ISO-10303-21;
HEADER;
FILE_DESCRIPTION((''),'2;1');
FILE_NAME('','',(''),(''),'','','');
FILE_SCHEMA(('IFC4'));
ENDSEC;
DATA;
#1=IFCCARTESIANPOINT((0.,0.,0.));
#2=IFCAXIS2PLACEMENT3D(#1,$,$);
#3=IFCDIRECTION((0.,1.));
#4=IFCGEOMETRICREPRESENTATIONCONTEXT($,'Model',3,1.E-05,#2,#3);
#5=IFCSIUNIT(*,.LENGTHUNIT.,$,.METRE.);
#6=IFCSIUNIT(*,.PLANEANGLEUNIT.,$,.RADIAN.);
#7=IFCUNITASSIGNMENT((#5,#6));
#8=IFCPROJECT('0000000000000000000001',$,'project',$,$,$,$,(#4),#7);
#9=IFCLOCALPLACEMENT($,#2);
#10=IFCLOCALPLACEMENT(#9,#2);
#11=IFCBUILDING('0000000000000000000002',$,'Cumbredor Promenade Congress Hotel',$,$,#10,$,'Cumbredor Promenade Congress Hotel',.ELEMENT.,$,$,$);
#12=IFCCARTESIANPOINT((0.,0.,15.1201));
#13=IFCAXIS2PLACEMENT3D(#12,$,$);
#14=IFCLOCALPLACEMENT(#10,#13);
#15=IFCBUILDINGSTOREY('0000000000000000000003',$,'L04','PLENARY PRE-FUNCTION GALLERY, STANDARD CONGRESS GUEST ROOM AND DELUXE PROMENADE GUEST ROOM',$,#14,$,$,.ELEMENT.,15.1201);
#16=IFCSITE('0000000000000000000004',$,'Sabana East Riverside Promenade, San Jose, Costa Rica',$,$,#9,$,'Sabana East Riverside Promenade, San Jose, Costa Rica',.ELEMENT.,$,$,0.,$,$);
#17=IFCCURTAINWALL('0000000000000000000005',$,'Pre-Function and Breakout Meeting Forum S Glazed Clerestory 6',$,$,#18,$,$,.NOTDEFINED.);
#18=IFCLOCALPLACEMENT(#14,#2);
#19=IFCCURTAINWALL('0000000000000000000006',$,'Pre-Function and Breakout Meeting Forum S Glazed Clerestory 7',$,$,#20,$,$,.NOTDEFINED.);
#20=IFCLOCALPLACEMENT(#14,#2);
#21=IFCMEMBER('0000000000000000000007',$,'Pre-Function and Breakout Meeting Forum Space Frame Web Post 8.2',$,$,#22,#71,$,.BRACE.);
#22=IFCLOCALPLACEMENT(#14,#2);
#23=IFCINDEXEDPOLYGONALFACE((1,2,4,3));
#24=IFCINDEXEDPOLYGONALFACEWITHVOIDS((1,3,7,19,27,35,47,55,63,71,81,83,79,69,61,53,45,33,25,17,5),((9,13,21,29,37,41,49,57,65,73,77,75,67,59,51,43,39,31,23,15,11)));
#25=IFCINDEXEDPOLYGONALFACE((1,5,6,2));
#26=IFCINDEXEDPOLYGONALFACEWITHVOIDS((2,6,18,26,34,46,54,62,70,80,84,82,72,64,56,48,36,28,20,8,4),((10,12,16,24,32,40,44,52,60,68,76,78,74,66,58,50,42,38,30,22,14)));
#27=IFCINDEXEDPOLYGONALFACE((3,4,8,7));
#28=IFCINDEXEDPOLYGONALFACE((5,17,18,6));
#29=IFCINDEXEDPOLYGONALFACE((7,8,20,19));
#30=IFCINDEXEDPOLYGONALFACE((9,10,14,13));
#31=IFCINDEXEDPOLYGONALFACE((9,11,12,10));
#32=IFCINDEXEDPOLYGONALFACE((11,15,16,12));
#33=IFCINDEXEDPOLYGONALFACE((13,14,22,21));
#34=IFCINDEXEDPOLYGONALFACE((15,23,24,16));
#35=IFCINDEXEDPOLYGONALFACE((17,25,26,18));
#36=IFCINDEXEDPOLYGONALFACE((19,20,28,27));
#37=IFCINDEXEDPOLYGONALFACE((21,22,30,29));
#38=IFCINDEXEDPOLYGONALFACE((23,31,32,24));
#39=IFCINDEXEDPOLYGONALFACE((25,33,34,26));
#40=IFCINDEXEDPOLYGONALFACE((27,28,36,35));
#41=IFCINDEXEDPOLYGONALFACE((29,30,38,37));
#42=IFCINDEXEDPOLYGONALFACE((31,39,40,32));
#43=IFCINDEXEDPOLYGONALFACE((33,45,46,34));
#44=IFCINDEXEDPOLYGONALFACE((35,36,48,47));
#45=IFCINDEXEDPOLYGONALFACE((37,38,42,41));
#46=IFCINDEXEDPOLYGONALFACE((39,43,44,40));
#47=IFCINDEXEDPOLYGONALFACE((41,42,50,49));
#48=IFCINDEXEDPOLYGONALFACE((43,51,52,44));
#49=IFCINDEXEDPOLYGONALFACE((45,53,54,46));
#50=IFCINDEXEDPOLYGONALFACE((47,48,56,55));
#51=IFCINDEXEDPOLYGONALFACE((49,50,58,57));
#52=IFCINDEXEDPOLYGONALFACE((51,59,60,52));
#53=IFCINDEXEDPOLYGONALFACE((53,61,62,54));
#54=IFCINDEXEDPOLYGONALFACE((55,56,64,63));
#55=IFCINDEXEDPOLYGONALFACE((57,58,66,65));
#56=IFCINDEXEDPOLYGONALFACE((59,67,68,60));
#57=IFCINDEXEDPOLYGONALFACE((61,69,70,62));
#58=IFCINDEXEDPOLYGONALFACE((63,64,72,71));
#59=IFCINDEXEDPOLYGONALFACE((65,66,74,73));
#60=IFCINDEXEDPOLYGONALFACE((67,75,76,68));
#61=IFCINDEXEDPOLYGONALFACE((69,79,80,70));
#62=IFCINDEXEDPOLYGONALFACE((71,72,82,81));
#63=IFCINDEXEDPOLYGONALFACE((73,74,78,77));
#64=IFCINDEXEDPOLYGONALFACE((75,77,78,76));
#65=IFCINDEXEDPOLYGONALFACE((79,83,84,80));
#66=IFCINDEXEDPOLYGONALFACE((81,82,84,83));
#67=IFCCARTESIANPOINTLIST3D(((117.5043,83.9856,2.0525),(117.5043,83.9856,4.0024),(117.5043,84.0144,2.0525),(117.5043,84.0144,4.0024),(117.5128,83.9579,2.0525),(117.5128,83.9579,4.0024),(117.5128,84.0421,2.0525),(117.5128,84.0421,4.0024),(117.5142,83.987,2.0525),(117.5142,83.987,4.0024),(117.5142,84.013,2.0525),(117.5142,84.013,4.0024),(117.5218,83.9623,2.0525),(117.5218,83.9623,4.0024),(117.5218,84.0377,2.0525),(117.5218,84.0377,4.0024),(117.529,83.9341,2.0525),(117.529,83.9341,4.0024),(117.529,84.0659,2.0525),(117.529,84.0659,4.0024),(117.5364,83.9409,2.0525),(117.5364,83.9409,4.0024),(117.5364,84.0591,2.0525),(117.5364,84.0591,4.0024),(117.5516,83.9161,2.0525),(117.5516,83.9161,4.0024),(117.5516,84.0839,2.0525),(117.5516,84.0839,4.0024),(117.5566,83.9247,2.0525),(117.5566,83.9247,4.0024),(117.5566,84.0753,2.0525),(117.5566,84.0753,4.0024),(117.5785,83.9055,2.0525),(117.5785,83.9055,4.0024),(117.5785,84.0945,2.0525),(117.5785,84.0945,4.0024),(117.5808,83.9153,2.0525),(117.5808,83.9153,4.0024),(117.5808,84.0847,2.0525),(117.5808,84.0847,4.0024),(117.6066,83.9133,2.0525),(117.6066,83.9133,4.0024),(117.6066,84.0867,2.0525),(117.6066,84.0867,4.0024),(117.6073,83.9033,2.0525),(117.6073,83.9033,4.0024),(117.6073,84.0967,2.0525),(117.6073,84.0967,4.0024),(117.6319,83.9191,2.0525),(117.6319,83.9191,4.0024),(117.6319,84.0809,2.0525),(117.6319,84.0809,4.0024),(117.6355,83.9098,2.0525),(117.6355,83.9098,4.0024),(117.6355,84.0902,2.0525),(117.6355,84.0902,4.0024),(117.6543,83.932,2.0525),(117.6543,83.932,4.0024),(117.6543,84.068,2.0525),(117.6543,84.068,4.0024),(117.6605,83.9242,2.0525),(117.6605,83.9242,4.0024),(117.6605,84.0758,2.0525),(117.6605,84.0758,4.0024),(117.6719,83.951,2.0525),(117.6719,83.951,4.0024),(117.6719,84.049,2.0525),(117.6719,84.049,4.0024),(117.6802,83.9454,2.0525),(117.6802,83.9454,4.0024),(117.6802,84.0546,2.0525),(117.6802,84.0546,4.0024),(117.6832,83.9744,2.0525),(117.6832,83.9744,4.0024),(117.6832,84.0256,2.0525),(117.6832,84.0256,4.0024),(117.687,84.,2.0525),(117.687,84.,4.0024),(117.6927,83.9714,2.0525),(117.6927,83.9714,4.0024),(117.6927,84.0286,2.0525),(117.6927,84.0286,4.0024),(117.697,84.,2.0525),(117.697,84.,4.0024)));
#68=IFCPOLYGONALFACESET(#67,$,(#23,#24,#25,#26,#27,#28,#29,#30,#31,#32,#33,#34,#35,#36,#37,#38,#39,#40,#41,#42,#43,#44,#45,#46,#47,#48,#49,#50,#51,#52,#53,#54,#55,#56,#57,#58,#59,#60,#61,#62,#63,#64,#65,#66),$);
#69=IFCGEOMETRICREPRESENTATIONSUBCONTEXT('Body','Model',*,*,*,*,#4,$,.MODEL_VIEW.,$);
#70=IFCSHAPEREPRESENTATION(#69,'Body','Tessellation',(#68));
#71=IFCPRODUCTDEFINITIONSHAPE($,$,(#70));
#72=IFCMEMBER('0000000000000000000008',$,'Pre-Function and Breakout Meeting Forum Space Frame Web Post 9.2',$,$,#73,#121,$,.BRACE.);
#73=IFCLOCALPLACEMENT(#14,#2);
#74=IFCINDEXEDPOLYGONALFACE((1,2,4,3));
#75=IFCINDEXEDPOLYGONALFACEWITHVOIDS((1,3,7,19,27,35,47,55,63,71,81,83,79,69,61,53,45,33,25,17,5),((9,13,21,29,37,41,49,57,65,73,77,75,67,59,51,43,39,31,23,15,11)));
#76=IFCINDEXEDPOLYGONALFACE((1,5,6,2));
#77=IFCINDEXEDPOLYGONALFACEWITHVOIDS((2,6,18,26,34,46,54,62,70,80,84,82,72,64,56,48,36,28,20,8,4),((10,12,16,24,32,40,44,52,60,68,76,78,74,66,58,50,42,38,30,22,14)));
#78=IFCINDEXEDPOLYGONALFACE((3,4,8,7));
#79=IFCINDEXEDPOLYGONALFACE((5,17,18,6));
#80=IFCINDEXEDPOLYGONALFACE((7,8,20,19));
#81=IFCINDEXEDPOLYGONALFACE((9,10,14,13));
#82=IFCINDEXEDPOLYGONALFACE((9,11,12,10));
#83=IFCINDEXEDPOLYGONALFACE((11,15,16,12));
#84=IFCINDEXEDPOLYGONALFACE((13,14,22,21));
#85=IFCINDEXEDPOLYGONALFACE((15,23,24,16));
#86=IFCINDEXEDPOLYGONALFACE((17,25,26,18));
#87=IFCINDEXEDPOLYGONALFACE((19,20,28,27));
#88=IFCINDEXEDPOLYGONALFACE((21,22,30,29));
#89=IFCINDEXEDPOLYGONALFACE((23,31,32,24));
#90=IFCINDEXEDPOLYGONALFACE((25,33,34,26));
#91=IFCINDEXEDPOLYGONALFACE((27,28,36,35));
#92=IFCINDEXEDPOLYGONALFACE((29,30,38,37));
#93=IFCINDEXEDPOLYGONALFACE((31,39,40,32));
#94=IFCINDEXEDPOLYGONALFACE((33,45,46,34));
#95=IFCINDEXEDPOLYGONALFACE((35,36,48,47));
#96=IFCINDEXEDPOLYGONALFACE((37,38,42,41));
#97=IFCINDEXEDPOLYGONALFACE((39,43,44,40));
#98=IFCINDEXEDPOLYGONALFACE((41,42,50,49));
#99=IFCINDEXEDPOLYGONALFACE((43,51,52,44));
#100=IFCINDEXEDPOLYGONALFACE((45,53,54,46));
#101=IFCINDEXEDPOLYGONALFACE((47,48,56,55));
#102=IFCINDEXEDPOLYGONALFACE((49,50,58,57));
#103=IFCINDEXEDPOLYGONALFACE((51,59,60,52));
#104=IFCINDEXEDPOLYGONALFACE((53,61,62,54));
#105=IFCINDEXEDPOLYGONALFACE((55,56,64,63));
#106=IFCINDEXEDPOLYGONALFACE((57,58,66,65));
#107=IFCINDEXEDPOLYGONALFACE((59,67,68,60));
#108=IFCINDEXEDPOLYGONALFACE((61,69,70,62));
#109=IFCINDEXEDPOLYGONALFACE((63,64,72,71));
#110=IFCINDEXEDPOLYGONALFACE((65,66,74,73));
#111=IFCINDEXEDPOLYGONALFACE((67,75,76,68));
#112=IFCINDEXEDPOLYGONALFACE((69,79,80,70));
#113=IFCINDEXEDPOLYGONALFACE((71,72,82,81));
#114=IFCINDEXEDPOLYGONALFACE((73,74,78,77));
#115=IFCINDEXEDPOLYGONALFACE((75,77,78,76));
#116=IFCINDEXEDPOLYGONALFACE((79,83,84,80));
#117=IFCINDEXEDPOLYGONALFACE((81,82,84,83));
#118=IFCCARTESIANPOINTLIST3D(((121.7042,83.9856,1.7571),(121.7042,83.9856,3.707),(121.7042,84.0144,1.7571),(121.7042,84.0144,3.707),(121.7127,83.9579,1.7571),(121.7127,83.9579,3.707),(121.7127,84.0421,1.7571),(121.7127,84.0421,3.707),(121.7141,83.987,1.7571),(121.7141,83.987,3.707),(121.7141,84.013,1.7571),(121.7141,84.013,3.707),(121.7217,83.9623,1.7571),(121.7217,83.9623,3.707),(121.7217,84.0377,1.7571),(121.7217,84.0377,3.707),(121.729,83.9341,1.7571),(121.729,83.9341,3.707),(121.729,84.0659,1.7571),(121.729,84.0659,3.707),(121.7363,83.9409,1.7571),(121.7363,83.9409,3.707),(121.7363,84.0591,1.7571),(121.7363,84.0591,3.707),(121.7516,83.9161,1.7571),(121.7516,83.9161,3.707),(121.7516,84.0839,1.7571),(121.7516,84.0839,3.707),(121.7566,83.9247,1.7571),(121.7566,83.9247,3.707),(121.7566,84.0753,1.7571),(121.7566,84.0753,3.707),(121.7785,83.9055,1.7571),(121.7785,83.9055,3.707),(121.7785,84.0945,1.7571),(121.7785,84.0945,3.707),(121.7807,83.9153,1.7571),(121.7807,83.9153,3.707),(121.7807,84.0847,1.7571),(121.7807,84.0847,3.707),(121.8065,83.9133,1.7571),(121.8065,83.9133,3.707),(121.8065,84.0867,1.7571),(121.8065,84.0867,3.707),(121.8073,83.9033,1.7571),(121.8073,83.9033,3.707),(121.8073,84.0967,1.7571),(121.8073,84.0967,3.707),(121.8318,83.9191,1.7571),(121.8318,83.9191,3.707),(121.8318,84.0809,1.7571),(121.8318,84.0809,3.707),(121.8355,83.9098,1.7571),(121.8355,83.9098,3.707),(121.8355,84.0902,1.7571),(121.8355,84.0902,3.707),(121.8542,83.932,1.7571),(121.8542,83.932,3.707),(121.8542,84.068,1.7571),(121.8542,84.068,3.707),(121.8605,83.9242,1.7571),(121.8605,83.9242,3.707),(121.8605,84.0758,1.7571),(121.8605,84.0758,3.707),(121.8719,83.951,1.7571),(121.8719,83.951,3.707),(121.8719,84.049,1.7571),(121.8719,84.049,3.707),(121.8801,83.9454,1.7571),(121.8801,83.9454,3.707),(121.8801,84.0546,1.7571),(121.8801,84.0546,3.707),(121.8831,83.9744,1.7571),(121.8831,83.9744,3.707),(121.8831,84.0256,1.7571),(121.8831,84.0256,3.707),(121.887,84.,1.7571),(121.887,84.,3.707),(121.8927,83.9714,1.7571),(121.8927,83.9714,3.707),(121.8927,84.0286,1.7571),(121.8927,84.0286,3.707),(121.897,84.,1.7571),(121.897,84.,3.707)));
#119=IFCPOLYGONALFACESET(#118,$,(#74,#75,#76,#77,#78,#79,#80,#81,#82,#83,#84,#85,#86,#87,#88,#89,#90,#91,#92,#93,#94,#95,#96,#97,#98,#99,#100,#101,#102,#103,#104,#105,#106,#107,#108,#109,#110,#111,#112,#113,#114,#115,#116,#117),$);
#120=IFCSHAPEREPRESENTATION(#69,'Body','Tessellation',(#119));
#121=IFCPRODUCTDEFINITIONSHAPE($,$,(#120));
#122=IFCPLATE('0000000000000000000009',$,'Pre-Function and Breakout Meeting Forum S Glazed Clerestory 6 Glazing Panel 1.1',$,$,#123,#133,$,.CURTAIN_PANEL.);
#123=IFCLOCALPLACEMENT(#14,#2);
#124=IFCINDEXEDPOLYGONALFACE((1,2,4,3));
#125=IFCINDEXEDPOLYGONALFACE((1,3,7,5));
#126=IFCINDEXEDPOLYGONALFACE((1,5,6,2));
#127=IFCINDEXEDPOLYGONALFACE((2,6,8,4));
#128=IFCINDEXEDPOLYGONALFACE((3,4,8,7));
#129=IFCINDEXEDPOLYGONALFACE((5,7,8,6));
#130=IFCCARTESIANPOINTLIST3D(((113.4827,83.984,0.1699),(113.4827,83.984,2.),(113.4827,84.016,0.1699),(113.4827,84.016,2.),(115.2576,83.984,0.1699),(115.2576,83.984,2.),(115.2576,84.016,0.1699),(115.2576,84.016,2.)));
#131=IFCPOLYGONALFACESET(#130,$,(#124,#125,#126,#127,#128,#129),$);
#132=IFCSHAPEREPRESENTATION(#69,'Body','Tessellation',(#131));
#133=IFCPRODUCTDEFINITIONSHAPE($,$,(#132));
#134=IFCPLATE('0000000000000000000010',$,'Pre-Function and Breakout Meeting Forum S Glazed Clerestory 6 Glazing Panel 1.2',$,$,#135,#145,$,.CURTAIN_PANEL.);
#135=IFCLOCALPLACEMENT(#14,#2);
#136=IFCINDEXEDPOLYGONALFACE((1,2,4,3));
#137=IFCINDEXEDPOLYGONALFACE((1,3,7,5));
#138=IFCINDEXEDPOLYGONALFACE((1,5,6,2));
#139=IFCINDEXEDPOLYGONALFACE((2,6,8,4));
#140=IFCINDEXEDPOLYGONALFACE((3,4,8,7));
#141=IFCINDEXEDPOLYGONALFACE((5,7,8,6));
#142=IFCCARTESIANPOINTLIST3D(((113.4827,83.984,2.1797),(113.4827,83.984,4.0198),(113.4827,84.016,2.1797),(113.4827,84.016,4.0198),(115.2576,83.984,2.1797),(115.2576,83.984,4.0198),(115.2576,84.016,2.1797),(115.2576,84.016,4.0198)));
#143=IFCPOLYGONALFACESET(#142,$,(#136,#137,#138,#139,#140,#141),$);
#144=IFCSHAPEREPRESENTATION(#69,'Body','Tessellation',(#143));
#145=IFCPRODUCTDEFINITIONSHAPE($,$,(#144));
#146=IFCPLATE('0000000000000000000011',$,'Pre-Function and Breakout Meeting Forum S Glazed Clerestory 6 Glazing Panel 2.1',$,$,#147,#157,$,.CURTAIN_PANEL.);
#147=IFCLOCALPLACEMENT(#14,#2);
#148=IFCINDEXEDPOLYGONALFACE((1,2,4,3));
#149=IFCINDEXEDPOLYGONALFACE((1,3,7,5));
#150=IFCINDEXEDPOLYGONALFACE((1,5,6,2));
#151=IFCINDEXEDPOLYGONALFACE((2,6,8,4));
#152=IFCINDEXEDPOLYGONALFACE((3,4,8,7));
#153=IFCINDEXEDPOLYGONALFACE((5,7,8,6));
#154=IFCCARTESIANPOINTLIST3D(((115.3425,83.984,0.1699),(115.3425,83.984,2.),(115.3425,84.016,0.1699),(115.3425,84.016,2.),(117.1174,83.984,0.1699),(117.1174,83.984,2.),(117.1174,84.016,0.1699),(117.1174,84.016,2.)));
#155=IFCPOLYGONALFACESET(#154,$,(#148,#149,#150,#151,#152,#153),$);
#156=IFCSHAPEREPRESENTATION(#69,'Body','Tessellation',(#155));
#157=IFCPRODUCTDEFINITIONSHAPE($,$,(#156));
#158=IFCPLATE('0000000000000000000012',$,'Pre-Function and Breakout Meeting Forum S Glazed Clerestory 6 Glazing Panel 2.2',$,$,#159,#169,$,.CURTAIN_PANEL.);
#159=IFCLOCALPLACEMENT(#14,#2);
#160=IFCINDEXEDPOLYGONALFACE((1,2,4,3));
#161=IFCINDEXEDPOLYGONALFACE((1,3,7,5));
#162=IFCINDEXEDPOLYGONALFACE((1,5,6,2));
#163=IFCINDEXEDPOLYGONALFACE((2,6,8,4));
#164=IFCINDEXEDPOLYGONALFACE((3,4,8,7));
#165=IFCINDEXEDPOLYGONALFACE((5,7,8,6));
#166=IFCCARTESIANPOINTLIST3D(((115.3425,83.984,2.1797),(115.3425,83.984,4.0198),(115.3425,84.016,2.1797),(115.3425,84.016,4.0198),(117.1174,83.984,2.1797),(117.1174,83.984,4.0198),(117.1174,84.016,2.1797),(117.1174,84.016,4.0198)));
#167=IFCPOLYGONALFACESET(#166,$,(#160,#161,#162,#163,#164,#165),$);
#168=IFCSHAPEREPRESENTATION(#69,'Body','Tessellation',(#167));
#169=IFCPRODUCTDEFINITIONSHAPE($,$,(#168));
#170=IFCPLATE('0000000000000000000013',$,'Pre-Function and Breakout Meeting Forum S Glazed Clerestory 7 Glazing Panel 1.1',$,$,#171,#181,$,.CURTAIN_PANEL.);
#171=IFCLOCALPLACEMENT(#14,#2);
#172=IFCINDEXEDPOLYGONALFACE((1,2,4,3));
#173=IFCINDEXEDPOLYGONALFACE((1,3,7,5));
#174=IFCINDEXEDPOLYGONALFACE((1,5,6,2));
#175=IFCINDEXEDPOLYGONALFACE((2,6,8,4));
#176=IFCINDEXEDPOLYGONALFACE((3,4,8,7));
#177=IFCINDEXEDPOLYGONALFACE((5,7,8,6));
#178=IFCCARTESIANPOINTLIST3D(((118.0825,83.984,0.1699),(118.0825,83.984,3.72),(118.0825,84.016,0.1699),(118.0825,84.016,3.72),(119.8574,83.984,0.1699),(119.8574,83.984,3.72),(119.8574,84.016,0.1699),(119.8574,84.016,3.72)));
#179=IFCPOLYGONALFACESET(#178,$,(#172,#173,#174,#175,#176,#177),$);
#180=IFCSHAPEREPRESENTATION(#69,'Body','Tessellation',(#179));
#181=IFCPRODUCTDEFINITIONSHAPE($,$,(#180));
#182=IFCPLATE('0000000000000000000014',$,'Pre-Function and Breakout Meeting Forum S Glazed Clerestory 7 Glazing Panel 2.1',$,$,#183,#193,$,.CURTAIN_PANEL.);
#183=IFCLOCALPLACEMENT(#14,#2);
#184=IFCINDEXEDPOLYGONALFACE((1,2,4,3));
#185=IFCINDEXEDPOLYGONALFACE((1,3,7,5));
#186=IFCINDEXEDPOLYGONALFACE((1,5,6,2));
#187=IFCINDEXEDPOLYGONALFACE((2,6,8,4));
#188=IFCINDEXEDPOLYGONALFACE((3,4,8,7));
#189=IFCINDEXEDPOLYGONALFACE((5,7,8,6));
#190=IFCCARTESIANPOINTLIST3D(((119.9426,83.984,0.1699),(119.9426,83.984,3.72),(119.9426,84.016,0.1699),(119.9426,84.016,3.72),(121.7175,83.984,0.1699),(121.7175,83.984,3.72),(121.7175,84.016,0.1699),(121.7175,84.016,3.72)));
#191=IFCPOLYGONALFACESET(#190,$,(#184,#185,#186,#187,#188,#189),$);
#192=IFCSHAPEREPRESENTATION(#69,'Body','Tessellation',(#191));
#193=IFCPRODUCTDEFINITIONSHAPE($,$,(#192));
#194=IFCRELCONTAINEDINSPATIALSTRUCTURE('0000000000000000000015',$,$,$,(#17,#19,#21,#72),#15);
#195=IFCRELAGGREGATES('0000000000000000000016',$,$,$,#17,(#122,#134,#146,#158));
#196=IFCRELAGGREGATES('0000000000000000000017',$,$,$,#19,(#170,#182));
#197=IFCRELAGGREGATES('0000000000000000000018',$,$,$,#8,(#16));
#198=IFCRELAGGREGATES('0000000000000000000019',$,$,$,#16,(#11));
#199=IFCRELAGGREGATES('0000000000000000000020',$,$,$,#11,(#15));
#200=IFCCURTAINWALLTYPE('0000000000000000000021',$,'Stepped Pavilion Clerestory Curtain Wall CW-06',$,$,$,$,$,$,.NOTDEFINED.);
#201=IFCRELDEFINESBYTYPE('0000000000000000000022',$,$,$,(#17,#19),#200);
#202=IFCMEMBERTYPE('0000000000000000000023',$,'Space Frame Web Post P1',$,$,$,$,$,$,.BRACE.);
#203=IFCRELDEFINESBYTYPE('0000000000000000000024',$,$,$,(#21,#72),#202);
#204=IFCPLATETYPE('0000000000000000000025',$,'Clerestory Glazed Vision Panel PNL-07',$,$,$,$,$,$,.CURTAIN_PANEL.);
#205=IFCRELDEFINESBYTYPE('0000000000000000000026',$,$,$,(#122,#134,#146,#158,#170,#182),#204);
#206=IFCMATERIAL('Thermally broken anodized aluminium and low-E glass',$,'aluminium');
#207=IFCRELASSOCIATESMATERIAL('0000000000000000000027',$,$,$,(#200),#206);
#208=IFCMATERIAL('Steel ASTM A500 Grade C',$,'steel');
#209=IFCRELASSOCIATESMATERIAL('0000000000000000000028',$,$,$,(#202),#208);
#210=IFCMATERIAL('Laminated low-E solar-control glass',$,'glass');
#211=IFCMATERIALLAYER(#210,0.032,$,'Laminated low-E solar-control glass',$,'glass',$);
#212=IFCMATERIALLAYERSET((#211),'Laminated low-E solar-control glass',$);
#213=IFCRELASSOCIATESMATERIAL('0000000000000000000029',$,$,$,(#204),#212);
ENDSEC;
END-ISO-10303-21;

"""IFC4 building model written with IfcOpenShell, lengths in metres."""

from ifc_helpers import new_model, si_unit, direction, frame, origin, origin_2d, place, context, subcontext, project, spatial, rectangle, hollow_circle, extrude, material, layer, layer_set, material_profile, profile_set, type_object, element, aggregate, save


model = new_model("IFC4")

# Units and contexts
model_context = context("Model", 3, precision=1e-05, world=origin(), true_north=direction((0.0, 1.0)))
body_context = subcontext(model_context, "Body", "Model", "MODEL_VIEW")
ifc_project = project(units=[si_unit("LENGTHUNIT", "METRE"), si_unit("PLANEANGLEUNIT", "RADIAN")], contexts=[model_context])

# Site, building, storey
site_placement = place(None, origin())
site = spatial("IfcSite", under=ifc_project, at=site_placement, Name="Sabana East Riverside Promenade, San Jose, Costa Rica", LongName="Sabana East Riverside Promenade, San Jose, Costa Rica", CompositionType="ELEMENT", RefElevation=0.0)
building_placement = place(site_placement, origin())
building = spatial("IfcBuilding", under=site, at=building_placement, Name="Cumbredor Promenade Congress Hotel", LongName="Cumbredor Promenade Congress Hotel", CompositionType="ELEMENT")
storey_placement = place(building_placement, frame((0.0, 0.0, 15.1201)))
storey = spatial("IfcBuildingStorey", under=building, at=storey_placement, Name="L04", Description="PLENARY PRE-FUNCTION GALLERY, STANDARD CONGRESS GUEST ROOM AND DELUXE PROMENADE GUEST ROOM", CompositionType="ELEMENT", Elevation=15.1201)

# Curtain walls
ifc_material_1 = material(Name="Thermally broken anodized aluminium and low-E glass", Category="aluminium")
curtain_wall_type = type_object("IfcCurtainWallType", Name="Stepped Pavilion Clerestory Curtain Wall CW-06", PredefinedType="NOTDEFINED", material=ifc_material_1)
curtain_wall_1_placement = place(storey_placement, origin())
curtain_wall_1 = element("IfcCurtainWall", 1, at=curtain_wall_1_placement, inside=storey, type_object=curtain_wall_type, Name="Pre-Function and Breakout Meeting Forum S Glazed Clerestory 6", PredefinedType="NOTDEFINED")
curtain_wall_2_placement = place(storey_placement, origin())
curtain_wall_2 = element("IfcCurtainWall", 2, at=curtain_wall_2_placement, inside=storey, type_object=curtain_wall_type, Name="Pre-Function and Breakout Meeting Forum S Glazed Clerestory 7", PredefinedType="NOTDEFINED")

# Members
ifc_material_2 = material(Name="Steel ASTM A500 Grade C", Category="steel")
ifc_material_profile_1 = material_profile(ifc_material_2, hollow_circle(Radius=0.0969, WallThickness=0.01, at=origin_2d()), Name="CHS 193.7x10")
ifc_profile_set_1 = profile_set([ifc_material_profile_1], Name="Steel ASTM A500 Grade C")
member_type_1 = type_object("IfcMemberType", Name="Space Frame Web Post P1", PredefinedType="BRACE", material=ifc_profile_set_1)
for number, where, z_axis, x_axis, name in (
    (3, (117.6001, 84.0, 2.0525), (0.0, 0.0, 1.0), (1.0, 0.0, 0.0), "Pre-Function and Breakout Meeting Forum Space Frame Web Post 8.2"),
    (4, (121.8, 84.0, 1.7571), (0.0, 0.0, 1.0), (1.0, 0.0, 0.0), "Pre-Function and Breakout Meeting Forum Space Frame Web Post 9.2"),
):
    element("IfcMember", number, at=place(storey_placement, frame(where, z_axis=z_axis, x_axis=x_axis)), inside=storey, type_object=member_type_1, Name=name, PredefinedType="BRACE", context=body_context, shape_type="SweptSolid", body=[
        extrude(hollow_circle(Radius=0.0969, WallThickness=0.01, at=origin_2d()), origin(), (0.0, 0.0, 1.0), 1.95),
    ])

# Plates
ifc_material_3 = material(Name="Laminated low-E solar-control glass", Category="glass")
ifc_layer_1 = layer(ifc_material_3, 0.032, Name="Laminated low-E solar-control glass", Category="glass")
ifc_layer_set_1 = layer_set([ifc_layer_1], Name="Laminated low-E solar-control glass")
plate_type_1 = type_object("IfcPlateType", Name="Clerestory Glazed Vision Panel PNL-07", PredefinedType="CURTAIN_PANEL", material=ifc_layer_set_1)
plate_1_placement = place(storey_placement, frame((114.3701, 84.0, 0.1699), z_axis=(0.0, 0.0, 1.0), x_axis=(1.0, 0.0, 0.0)))
plate_1 = element("IfcPlate", 5, at=plate_1_placement, type_object=plate_type_1, Name="Pre-Function and Breakout Meeting Forum S Glazed Clerestory 6 Glazing Panel 1.1", PredefinedType="CURTAIN_PANEL", context=body_context, shape_type="SweptSolid", body=[
    extrude(rectangle(XDim=1.7749, YDim=0.032, at=origin_2d()), origin(), (0.0, 0.0, 1.0), 1.8301),
])
plate_2_placement = place(storey_placement, frame((114.3701, 84.0, 2.1797), z_axis=(0.0, 0.0, 1.0), x_axis=(1.0, 0.0, 0.0)))
plate_2 = element("IfcPlate", 6, at=plate_2_placement, type_object=plate_type_1, Name="Pre-Function and Breakout Meeting Forum S Glazed Clerestory 6 Glazing Panel 1.2", PredefinedType="CURTAIN_PANEL", context=body_context, shape_type="SweptSolid", body=[
    extrude(rectangle(XDim=1.7749, YDim=0.032, at=origin_2d()), origin(), (0.0, 0.0, 1.0), 1.8401),
])
plate_3_placement = place(storey_placement, frame((116.23, 84.0, 0.1699), z_axis=(0.0, 0.0, 1.0), x_axis=(1.0, 0.0, 0.0)))
plate_3 = element("IfcPlate", 7, at=plate_3_placement, type_object=plate_type_1, Name="Pre-Function and Breakout Meeting Forum S Glazed Clerestory 6 Glazing Panel 2.1", PredefinedType="CURTAIN_PANEL", context=body_context, shape_type="SweptSolid", body=[
    extrude(rectangle(XDim=1.7749, YDim=0.032, at=origin_2d()), origin(), (0.0, 0.0, 1.0), 1.8301),
])
plate_4_placement = place(storey_placement, frame((116.23, 84.0, 2.1797), z_axis=(0.0, 0.0, 1.0), x_axis=(1.0, 0.0, 0.0)))
plate_4 = element("IfcPlate", 8, at=plate_4_placement, type_object=plate_type_1, Name="Pre-Function and Breakout Meeting Forum S Glazed Clerestory 6 Glazing Panel 2.2", PredefinedType="CURTAIN_PANEL", context=body_context, shape_type="SweptSolid", body=[
    extrude(rectangle(XDim=1.7749, YDim=0.032, at=origin_2d()), origin(), (0.0, 0.0, 1.0), 1.8401),
])
aggregate(curtain_wall_1, [plate_1, plate_2, plate_3, plate_4])
plate_5_placement = place(storey_placement, frame((118.97, 84.0, 0.1699), z_axis=(0.0, 0.0, 1.0), x_axis=(1.0, 0.0, 0.0)))
plate_5 = element("IfcPlate", 9, at=plate_5_placement, type_object=plate_type_1, Name="Pre-Function and Breakout Meeting Forum S Glazed Clerestory 7 Glazing Panel 1.1", PredefinedType="CURTAIN_PANEL", context=body_context, shape_type="SweptSolid", body=[
    extrude(rectangle(XDim=1.7749, YDim=0.032, at=origin_2d()), origin(), (0.0, 0.0, 1.0), 3.55),
])
plate_6_placement = place(storey_placement, frame((120.8301, 84.0, 0.1699), z_axis=(0.0, 0.0, 1.0), x_axis=(1.0, 0.0, 0.0)))
plate_6 = element("IfcPlate", 10, at=plate_6_placement, type_object=plate_type_1, Name="Pre-Function and Breakout Meeting Forum S Glazed Clerestory 7 Glazing Panel 2.1", PredefinedType="CURTAIN_PANEL", context=body_context, shape_type="SweptSolid", body=[
    extrude(rectangle(XDim=1.7749, YDim=0.032, at=origin_2d()), origin(), (0.0, 0.0, 1.0), 3.55),
])
aggregate(curtain_wall_2, [plate_5, plate_6])

save(model, "model.ifc")
